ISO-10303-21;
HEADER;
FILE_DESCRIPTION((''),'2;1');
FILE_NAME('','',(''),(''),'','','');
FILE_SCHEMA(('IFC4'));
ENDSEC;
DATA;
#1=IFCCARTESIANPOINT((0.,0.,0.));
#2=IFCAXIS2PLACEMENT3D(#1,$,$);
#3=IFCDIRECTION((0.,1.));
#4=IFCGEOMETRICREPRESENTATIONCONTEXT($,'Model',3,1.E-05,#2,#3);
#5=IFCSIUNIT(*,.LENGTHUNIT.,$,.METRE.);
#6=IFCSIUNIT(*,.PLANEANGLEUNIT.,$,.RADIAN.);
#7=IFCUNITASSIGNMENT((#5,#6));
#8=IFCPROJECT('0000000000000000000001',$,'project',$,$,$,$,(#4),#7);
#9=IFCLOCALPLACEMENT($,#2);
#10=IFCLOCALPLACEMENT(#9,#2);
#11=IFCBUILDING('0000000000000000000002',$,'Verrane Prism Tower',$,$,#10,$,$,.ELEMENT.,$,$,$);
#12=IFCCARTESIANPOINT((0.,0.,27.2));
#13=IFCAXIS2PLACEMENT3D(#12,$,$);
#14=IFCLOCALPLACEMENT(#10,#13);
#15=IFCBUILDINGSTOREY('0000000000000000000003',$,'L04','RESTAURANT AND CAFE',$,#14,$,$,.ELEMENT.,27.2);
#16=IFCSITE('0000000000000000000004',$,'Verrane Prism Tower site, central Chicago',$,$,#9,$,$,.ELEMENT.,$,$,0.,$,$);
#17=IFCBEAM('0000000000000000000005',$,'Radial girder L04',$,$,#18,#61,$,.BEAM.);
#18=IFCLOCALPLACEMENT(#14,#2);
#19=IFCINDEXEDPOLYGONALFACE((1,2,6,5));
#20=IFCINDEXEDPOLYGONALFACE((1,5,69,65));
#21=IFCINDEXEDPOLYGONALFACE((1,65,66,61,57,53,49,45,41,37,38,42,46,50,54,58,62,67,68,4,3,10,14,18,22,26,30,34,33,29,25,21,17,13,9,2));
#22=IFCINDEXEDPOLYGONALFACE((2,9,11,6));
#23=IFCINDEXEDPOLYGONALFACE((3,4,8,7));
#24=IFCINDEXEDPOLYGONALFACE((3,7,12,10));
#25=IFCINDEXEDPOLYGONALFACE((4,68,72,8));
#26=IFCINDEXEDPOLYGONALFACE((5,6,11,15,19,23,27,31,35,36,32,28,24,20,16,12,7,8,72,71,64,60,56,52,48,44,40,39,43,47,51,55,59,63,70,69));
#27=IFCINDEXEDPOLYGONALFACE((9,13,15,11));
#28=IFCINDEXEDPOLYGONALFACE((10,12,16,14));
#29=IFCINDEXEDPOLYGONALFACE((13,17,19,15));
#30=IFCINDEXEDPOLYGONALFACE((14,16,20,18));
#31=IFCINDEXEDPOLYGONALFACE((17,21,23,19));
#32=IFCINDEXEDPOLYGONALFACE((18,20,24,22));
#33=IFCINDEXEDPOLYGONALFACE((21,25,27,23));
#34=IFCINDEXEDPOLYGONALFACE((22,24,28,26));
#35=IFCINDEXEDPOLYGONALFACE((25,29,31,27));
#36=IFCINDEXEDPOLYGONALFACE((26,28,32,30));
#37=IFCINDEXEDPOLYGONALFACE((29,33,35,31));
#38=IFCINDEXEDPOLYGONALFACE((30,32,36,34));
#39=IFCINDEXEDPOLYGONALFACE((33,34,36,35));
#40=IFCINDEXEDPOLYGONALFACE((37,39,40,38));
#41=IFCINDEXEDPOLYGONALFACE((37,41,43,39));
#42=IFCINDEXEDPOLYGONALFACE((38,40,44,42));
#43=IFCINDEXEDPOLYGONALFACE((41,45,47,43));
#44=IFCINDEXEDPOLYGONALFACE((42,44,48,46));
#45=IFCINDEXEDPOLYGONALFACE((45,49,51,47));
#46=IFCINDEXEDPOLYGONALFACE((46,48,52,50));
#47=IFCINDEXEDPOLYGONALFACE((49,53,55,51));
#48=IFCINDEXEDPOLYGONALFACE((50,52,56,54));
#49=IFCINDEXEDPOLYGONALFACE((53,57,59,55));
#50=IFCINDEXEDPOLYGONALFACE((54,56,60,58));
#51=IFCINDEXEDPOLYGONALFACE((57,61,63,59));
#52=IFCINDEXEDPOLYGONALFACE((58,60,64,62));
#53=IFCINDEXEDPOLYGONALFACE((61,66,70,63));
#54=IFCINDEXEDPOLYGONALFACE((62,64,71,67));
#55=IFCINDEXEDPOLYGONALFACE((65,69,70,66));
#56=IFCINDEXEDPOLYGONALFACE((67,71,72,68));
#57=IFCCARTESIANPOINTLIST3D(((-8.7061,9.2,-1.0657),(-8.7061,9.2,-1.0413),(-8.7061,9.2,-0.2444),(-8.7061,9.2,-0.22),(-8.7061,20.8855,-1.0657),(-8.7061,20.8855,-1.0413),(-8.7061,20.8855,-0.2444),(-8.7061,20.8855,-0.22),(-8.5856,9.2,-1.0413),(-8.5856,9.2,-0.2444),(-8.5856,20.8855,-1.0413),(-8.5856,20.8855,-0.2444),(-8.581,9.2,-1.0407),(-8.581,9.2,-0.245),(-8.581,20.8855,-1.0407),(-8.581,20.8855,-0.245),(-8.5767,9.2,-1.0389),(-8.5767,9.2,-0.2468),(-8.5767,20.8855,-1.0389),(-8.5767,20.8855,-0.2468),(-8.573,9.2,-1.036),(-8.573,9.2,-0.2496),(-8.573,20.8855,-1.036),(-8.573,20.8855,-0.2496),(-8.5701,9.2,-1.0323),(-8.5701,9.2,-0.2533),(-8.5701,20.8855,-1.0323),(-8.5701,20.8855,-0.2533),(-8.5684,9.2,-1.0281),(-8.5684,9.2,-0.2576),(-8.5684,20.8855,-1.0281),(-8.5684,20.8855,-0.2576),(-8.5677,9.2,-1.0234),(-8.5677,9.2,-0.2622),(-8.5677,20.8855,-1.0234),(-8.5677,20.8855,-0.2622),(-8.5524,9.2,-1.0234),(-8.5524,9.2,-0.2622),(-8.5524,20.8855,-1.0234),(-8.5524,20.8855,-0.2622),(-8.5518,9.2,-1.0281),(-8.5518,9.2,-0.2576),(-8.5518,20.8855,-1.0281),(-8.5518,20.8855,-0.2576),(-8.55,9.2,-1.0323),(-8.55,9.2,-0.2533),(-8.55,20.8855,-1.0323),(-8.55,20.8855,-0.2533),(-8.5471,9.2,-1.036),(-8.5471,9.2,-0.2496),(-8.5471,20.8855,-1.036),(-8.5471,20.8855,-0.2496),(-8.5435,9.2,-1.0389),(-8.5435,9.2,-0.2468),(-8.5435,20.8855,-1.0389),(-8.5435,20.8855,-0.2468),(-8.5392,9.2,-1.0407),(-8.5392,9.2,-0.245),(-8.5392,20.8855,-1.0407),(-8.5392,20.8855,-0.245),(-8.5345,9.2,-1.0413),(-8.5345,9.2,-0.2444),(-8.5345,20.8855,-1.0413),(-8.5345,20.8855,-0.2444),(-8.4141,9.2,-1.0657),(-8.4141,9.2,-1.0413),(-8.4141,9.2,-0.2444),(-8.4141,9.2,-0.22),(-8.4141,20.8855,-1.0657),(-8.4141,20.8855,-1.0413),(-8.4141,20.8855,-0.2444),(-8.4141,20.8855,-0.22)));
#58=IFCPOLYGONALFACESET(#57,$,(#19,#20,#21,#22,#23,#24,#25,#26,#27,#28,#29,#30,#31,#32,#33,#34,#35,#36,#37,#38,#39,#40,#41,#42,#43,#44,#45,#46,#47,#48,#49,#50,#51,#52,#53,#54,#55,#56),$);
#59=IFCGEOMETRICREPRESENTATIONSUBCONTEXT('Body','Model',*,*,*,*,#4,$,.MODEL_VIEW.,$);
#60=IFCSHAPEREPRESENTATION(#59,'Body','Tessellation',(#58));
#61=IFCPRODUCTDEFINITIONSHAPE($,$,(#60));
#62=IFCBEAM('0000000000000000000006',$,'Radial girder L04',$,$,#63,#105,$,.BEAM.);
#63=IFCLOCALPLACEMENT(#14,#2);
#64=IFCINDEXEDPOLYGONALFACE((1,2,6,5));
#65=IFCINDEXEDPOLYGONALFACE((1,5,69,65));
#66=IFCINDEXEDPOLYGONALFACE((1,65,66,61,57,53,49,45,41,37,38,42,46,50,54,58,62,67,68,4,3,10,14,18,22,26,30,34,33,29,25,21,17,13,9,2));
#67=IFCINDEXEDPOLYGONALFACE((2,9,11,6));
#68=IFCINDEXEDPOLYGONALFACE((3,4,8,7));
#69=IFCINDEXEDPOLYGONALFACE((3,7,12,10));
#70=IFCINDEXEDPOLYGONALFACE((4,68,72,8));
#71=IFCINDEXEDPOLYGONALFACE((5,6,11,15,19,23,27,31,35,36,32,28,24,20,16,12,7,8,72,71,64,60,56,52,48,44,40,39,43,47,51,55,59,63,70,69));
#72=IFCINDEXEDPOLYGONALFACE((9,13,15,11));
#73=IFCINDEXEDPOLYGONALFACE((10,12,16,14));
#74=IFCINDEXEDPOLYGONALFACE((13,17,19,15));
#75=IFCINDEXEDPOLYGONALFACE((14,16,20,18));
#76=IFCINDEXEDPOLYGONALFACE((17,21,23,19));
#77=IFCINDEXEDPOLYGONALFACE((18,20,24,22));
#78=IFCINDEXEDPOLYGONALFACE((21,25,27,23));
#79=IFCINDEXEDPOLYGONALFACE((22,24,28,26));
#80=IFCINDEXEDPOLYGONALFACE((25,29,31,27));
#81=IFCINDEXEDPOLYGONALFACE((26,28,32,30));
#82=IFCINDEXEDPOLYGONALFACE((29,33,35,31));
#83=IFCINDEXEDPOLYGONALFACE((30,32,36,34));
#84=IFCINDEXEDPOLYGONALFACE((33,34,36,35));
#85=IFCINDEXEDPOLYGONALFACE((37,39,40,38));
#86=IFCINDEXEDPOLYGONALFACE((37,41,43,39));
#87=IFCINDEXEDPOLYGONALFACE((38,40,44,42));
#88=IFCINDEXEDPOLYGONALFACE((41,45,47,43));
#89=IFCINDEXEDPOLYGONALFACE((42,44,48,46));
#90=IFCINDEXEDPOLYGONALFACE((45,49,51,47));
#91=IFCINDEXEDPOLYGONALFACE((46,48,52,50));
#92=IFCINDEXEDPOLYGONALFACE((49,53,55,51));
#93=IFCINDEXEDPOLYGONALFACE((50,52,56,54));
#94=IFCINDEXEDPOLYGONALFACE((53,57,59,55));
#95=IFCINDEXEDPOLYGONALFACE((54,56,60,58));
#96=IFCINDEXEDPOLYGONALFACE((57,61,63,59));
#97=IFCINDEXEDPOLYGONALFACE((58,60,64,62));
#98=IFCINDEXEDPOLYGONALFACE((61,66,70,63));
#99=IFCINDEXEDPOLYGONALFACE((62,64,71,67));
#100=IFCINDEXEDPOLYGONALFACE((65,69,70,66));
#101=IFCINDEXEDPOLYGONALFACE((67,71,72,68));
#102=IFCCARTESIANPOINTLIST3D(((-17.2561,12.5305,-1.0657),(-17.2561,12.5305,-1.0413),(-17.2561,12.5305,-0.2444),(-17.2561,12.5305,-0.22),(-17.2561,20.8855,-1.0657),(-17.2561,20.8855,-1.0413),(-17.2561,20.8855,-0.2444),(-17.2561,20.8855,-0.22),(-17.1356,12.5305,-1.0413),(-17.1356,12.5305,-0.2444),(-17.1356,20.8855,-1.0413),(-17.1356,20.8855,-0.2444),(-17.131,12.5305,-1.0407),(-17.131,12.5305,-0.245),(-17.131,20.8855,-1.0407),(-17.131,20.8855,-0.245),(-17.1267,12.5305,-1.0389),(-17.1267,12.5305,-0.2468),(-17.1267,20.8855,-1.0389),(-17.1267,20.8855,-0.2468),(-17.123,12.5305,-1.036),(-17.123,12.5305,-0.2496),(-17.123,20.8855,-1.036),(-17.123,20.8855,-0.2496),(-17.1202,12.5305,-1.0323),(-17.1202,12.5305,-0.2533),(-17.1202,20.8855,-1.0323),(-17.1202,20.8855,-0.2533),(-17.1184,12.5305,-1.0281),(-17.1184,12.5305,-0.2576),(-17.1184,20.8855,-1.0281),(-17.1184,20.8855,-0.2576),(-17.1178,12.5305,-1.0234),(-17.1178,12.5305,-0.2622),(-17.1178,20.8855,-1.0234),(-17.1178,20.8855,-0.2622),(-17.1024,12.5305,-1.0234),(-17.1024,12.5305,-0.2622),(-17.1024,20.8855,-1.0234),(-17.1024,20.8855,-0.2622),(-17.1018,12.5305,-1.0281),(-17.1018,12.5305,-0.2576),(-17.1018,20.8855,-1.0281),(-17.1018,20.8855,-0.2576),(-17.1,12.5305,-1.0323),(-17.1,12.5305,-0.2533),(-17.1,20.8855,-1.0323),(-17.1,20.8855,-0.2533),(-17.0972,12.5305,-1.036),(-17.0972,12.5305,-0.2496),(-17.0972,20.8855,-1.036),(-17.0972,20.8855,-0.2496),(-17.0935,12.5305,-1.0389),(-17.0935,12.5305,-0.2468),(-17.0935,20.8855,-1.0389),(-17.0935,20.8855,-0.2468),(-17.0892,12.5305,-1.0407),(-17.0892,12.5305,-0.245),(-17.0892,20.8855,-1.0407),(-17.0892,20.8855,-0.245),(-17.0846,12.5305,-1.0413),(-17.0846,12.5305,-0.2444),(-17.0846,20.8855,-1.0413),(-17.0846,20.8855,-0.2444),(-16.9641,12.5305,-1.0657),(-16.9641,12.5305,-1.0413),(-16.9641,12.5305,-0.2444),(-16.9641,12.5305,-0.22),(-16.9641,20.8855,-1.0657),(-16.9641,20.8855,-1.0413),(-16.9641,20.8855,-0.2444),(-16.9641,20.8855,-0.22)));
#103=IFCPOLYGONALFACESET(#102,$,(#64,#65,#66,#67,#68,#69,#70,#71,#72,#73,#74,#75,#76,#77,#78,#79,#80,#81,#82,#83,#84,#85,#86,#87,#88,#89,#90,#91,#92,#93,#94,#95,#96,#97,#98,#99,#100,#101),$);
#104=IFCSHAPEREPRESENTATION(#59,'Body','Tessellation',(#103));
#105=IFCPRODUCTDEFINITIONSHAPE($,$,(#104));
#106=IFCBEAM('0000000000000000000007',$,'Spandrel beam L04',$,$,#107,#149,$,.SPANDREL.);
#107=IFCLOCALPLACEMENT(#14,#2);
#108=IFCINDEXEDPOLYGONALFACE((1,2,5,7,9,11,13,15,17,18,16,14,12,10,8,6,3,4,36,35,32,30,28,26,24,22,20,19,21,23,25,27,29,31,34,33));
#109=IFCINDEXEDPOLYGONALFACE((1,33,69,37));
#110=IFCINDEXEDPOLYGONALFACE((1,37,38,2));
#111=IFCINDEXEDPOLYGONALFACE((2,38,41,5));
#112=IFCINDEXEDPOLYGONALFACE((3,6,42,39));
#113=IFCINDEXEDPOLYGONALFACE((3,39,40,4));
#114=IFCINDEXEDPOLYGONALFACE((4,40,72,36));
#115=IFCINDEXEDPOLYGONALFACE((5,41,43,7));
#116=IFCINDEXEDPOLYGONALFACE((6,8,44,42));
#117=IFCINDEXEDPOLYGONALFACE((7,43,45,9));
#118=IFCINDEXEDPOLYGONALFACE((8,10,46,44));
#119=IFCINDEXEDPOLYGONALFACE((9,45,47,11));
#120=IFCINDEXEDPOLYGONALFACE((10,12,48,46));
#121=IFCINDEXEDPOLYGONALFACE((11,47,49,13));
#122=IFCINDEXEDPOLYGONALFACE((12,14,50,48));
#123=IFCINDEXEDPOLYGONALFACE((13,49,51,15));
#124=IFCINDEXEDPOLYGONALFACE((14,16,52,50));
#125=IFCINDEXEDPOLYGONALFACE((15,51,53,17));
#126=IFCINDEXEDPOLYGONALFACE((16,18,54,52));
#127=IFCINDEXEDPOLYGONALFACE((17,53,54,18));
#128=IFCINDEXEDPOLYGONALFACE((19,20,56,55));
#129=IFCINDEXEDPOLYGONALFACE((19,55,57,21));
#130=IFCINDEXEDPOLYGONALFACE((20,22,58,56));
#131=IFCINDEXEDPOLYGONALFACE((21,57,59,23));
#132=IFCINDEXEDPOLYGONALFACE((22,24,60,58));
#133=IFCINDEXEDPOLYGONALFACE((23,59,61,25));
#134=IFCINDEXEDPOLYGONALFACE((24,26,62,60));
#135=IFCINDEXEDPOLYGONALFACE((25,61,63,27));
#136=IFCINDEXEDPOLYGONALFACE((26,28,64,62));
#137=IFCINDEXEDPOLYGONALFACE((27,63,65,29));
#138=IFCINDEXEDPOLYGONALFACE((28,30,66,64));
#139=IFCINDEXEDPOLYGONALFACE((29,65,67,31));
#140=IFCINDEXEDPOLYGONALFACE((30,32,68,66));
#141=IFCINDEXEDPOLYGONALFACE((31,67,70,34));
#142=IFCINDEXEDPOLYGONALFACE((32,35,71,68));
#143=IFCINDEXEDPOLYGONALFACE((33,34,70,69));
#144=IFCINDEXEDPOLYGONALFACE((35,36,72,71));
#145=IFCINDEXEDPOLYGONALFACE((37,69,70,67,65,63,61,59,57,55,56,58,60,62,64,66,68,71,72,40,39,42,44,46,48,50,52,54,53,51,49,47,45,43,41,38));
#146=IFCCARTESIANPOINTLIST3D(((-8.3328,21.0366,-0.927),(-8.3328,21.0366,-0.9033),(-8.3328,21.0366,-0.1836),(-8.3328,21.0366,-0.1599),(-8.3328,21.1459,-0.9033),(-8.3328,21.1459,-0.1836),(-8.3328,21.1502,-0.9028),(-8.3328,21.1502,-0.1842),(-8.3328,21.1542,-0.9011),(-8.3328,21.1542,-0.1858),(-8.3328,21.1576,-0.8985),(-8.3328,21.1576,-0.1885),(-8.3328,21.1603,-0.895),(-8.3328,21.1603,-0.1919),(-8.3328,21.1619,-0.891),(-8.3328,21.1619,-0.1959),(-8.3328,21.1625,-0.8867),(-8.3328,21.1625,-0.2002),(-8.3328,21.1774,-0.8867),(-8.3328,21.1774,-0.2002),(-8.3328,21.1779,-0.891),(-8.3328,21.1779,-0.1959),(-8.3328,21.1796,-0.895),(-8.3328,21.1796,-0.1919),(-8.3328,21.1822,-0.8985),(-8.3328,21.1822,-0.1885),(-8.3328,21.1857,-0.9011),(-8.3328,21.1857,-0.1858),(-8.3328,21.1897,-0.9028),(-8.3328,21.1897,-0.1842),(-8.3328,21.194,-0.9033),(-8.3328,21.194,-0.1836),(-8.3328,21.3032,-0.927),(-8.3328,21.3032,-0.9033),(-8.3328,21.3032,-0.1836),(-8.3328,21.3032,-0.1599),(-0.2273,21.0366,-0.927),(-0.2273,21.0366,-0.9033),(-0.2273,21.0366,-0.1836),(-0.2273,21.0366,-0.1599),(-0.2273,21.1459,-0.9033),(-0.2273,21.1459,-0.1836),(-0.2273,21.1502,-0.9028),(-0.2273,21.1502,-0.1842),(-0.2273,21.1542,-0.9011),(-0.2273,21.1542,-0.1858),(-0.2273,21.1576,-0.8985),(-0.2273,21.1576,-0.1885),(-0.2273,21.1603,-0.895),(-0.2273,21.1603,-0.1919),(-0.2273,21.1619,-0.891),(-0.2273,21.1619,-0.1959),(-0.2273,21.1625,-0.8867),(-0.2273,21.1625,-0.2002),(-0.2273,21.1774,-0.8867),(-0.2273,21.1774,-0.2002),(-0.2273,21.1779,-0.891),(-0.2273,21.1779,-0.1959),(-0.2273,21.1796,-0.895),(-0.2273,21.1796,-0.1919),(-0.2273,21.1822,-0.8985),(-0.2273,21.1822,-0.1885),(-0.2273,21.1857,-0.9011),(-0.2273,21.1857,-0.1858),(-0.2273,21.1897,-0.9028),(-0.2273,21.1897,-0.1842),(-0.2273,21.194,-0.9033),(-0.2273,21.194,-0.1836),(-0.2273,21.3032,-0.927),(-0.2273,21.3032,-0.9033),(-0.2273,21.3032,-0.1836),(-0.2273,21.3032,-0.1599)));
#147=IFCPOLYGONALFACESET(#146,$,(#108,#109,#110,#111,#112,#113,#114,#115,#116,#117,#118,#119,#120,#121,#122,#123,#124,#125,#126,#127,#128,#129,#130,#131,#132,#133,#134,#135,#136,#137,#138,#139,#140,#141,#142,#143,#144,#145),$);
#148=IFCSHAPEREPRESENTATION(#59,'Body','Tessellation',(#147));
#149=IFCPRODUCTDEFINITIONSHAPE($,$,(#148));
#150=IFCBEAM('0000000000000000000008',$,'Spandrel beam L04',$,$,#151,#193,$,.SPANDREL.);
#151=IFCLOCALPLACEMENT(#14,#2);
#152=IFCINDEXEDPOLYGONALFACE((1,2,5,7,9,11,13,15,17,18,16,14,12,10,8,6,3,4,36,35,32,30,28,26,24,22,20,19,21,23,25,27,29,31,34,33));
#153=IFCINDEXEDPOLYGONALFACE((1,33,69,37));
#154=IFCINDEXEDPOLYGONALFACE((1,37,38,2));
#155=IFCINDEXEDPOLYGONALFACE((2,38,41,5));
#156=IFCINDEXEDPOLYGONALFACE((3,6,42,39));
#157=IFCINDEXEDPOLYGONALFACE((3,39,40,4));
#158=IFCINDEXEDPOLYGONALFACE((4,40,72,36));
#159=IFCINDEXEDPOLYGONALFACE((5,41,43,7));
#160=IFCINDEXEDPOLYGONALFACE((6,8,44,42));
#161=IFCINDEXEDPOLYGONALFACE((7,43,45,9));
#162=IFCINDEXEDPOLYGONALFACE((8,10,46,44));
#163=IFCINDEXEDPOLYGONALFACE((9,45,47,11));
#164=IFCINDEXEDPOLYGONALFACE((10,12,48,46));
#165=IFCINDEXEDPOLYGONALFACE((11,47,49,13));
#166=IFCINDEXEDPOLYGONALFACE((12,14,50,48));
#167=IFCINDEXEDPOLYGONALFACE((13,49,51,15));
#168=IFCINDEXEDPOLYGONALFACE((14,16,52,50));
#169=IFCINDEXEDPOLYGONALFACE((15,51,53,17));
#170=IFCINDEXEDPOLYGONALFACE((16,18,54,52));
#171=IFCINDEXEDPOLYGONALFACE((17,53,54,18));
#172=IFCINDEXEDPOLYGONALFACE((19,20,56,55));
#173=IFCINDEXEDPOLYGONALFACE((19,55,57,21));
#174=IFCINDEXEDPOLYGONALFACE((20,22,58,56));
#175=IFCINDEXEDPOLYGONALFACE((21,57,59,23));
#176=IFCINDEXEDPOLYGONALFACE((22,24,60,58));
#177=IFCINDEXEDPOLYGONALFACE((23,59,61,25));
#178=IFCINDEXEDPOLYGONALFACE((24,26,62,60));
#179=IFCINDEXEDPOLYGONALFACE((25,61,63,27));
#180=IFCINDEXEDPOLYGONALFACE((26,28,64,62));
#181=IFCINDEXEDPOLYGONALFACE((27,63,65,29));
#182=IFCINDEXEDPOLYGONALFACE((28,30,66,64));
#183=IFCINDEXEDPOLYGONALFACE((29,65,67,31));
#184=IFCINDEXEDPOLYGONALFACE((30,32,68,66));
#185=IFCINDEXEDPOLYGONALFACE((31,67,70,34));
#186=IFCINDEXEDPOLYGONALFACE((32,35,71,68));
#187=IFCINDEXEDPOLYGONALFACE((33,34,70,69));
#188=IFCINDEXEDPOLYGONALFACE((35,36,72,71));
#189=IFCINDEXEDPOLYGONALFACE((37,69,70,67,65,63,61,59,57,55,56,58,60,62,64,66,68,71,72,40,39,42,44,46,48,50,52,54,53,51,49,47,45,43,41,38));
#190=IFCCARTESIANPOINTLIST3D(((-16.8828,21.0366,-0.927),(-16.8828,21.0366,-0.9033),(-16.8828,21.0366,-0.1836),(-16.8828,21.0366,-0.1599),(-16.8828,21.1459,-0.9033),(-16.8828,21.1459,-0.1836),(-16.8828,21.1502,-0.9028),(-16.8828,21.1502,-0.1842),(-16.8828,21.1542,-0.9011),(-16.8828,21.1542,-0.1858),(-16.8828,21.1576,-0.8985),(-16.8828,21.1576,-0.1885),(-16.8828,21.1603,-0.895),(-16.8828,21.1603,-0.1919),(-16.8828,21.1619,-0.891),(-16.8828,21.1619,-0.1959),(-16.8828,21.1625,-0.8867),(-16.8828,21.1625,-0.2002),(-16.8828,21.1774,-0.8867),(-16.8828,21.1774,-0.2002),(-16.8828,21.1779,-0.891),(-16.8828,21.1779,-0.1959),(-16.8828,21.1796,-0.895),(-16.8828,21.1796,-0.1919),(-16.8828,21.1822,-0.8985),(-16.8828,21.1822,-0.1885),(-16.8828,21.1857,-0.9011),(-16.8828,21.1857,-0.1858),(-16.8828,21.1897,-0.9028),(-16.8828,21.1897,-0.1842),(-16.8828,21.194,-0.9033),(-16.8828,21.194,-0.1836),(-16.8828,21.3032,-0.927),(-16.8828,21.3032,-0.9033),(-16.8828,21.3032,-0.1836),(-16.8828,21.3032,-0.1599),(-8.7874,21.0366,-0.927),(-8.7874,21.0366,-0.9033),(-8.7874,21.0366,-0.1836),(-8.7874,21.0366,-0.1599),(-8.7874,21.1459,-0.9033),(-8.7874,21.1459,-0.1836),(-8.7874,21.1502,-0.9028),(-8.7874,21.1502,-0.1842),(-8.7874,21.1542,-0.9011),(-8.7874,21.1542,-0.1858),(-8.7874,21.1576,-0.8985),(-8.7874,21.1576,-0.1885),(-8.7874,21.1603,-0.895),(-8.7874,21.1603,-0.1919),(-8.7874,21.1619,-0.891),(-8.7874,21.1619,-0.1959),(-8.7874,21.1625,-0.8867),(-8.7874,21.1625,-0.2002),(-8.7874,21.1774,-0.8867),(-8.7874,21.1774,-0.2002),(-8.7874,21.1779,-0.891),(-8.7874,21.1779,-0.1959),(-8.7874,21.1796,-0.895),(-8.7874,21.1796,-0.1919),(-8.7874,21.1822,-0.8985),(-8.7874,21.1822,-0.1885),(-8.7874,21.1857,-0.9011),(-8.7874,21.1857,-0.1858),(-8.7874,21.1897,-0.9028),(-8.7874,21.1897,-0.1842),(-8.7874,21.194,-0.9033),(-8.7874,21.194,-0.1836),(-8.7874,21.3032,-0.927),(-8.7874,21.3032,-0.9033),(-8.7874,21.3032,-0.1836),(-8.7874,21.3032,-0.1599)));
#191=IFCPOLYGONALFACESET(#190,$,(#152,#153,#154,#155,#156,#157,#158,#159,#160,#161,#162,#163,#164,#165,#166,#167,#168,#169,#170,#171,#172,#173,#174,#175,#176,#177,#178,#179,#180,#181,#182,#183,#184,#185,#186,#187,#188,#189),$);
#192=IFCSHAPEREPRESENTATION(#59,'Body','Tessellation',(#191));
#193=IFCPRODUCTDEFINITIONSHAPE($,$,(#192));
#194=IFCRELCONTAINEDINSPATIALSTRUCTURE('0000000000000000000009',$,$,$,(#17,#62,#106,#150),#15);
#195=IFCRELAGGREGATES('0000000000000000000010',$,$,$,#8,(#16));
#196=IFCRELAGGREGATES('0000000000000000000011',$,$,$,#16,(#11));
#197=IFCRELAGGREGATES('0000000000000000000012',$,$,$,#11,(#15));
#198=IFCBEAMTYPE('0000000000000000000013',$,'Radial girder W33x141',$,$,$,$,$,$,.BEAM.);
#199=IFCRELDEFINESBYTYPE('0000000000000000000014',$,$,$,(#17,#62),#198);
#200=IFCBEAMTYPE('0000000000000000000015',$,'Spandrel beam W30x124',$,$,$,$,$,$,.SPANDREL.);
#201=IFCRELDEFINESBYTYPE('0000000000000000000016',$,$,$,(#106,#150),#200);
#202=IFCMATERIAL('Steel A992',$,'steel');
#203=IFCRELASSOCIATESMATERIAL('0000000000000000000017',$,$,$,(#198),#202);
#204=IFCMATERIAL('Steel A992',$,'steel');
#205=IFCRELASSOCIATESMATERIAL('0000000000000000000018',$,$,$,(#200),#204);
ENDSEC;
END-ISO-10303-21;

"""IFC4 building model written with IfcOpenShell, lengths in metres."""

from ifc_helpers import new_model, si_unit, direction, frame, origin, origin_2d, place, context, subcontext, project, spatial, i_section, extrude, material, material_profile, profile_set, type_object, element, save


model = new_model("IFC4")

# Units and contexts
model_context = context("Model", 3, precision=1e-05, world=origin(), true_north=direction((0.0, 1.0)))
body_context = subcontext(model_context, "Body", "Model", "MODEL_VIEW")
ifc_project = project(units=[si_unit("LENGTHUNIT", "METRE"), si_unit("PLANEANGLEUNIT", "RADIAN")], contexts=[model_context])

# Site, building, storey
site_placement = place(None, origin())
site = spatial("IfcSite", under=ifc_project, at=site_placement, Name="Verrane Prism Tower site, central Chicago", CompositionType="ELEMENT", RefElevation=0.0)
building_placement = place(site_placement, origin())
building = spatial("IfcBuilding", under=site, at=building_placement, Name="Verrane Prism Tower", CompositionType="ELEMENT")
storey_placement = place(building_placement, frame((0.0, 0.0, 27.2)))
storey = spatial("IfcBuildingStorey", under=building, at=storey_placement, Name="L04", Description="RESTAURANT AND CAFE", CompositionType="ELEMENT", Elevation=27.2)

# Beams
ifc_material_1 = material(Name="Steel A992", Category="steel")
ifc_material_profile_1 = material_profile(ifc_material_1, i_section(OverallWidth=0.292, OverallDepth=0.8457, WebThickness=0.0154, FlangeThickness=0.0244, FilletRadius=0.0178, at=origin_2d()), Name="W33x141")
ifc_profile_set_1 = profile_set([ifc_material_profile_1], Name="Steel A992")
beam_type_1 = type_object("IfcBeamType", Name="Radial girder W33x141", PredefinedType="BEAM", material=ifc_profile_set_1)
beam_1_placement = place(storey_placement, frame((-8.5601, 20.8855, -0.6428), z_axis=(0.0, -1.0, 0.0), x_axis=(1.0, 0.0, 0.0)))
element("IfcBeam", 1, at=beam_1_placement, inside=storey, type_object=beam_type_1, Name="Radial girder L04", PredefinedType="BEAM", context=body_context, shape_type="SweptSolid", body=[
    extrude(i_section(OverallWidth=0.292, OverallDepth=0.8457, WebThickness=0.0154, FlangeThickness=0.0244, FilletRadius=0.0178, at=origin_2d()), origin(), (0.0, 0.0, 1.0), 11.6855),
])
beam_2_placement = place(storey_placement, frame((-17.1101, 20.8855, -0.6428), z_axis=(0.0, -1.0, 0.0), x_axis=(1.0, 0.0, 0.0)))
element("IfcBeam", 2, at=beam_2_placement, inside=storey, type_object=beam_type_1, Name="Radial girder L04", PredefinedType="BEAM", context=body_context, shape_type="SweptSolid", body=[
    extrude(i_section(OverallWidth=0.292, OverallDepth=0.8457, WebThickness=0.0154, FlangeThickness=0.0244, FilletRadius=0.0178, at=origin_2d()), origin(), (0.0, 0.0, 1.0), 8.355),
])
ifc_material_2 = material(Name="Steel A992", Category="steel")
ifc_material_profile_2 = material_profile(ifc_material_2, i_section(OverallWidth=0.2666, OverallDepth=0.7671, WebThickness=0.0149, FlangeThickness=0.0237, FilletRadius=0.0166, at=origin_2d()), Name="W30x124")
ifc_profile_set_2 = profile_set([ifc_material_profile_2], Name="Steel A992")
beam_type_2 = type_object("IfcBeamType", Name="Spandrel beam W30x124", PredefinedType="SPANDREL", material=ifc_profile_set_2)
beam_3_placement = place(storey_placement, frame((-0.2273, 21.1699, -0.5435), z_axis=(-1.0, 0.0, 0.0), x_axis=(0.0, -1.0, 0.0)))
element("IfcBeam", 3, at=beam_3_placement, inside=storey, type_object=beam_type_2, Name="Spandrel beam L04", PredefinedType="SPANDREL", context=body_context, shape_type="SweptSolid", body=[
    extrude(i_section(OverallWidth=0.2666, OverallDepth=0.7671, WebThickness=0.0149, FlangeThickness=0.0237, FilletRadius=0.0166, at=origin_2d()), origin(), (0.0, 0.0, 1.0), 8.1055),
])
beam_4_placement = place(storey_placement, frame((-8.7874, 21.1699, -0.5435), z_axis=(-1.0, 0.0, 0.0), x_axis=(0.0, -1.0, 0.0)))
element("IfcBeam", 4, at=beam_4_placement, inside=storey, type_object=beam_type_2, Name="Spandrel beam L04", PredefinedType="SPANDREL", context=body_context, shape_type="SweptSolid", body=[
    extrude(i_section(OverallWidth=0.2666, OverallDepth=0.7671, WebThickness=0.0149, FlangeThickness=0.0237, FilletRadius=0.0166, at=origin_2d()), origin(), (0.0, 0.0, 1.0), 8.0955),
])

save(model, "model.ifc")
